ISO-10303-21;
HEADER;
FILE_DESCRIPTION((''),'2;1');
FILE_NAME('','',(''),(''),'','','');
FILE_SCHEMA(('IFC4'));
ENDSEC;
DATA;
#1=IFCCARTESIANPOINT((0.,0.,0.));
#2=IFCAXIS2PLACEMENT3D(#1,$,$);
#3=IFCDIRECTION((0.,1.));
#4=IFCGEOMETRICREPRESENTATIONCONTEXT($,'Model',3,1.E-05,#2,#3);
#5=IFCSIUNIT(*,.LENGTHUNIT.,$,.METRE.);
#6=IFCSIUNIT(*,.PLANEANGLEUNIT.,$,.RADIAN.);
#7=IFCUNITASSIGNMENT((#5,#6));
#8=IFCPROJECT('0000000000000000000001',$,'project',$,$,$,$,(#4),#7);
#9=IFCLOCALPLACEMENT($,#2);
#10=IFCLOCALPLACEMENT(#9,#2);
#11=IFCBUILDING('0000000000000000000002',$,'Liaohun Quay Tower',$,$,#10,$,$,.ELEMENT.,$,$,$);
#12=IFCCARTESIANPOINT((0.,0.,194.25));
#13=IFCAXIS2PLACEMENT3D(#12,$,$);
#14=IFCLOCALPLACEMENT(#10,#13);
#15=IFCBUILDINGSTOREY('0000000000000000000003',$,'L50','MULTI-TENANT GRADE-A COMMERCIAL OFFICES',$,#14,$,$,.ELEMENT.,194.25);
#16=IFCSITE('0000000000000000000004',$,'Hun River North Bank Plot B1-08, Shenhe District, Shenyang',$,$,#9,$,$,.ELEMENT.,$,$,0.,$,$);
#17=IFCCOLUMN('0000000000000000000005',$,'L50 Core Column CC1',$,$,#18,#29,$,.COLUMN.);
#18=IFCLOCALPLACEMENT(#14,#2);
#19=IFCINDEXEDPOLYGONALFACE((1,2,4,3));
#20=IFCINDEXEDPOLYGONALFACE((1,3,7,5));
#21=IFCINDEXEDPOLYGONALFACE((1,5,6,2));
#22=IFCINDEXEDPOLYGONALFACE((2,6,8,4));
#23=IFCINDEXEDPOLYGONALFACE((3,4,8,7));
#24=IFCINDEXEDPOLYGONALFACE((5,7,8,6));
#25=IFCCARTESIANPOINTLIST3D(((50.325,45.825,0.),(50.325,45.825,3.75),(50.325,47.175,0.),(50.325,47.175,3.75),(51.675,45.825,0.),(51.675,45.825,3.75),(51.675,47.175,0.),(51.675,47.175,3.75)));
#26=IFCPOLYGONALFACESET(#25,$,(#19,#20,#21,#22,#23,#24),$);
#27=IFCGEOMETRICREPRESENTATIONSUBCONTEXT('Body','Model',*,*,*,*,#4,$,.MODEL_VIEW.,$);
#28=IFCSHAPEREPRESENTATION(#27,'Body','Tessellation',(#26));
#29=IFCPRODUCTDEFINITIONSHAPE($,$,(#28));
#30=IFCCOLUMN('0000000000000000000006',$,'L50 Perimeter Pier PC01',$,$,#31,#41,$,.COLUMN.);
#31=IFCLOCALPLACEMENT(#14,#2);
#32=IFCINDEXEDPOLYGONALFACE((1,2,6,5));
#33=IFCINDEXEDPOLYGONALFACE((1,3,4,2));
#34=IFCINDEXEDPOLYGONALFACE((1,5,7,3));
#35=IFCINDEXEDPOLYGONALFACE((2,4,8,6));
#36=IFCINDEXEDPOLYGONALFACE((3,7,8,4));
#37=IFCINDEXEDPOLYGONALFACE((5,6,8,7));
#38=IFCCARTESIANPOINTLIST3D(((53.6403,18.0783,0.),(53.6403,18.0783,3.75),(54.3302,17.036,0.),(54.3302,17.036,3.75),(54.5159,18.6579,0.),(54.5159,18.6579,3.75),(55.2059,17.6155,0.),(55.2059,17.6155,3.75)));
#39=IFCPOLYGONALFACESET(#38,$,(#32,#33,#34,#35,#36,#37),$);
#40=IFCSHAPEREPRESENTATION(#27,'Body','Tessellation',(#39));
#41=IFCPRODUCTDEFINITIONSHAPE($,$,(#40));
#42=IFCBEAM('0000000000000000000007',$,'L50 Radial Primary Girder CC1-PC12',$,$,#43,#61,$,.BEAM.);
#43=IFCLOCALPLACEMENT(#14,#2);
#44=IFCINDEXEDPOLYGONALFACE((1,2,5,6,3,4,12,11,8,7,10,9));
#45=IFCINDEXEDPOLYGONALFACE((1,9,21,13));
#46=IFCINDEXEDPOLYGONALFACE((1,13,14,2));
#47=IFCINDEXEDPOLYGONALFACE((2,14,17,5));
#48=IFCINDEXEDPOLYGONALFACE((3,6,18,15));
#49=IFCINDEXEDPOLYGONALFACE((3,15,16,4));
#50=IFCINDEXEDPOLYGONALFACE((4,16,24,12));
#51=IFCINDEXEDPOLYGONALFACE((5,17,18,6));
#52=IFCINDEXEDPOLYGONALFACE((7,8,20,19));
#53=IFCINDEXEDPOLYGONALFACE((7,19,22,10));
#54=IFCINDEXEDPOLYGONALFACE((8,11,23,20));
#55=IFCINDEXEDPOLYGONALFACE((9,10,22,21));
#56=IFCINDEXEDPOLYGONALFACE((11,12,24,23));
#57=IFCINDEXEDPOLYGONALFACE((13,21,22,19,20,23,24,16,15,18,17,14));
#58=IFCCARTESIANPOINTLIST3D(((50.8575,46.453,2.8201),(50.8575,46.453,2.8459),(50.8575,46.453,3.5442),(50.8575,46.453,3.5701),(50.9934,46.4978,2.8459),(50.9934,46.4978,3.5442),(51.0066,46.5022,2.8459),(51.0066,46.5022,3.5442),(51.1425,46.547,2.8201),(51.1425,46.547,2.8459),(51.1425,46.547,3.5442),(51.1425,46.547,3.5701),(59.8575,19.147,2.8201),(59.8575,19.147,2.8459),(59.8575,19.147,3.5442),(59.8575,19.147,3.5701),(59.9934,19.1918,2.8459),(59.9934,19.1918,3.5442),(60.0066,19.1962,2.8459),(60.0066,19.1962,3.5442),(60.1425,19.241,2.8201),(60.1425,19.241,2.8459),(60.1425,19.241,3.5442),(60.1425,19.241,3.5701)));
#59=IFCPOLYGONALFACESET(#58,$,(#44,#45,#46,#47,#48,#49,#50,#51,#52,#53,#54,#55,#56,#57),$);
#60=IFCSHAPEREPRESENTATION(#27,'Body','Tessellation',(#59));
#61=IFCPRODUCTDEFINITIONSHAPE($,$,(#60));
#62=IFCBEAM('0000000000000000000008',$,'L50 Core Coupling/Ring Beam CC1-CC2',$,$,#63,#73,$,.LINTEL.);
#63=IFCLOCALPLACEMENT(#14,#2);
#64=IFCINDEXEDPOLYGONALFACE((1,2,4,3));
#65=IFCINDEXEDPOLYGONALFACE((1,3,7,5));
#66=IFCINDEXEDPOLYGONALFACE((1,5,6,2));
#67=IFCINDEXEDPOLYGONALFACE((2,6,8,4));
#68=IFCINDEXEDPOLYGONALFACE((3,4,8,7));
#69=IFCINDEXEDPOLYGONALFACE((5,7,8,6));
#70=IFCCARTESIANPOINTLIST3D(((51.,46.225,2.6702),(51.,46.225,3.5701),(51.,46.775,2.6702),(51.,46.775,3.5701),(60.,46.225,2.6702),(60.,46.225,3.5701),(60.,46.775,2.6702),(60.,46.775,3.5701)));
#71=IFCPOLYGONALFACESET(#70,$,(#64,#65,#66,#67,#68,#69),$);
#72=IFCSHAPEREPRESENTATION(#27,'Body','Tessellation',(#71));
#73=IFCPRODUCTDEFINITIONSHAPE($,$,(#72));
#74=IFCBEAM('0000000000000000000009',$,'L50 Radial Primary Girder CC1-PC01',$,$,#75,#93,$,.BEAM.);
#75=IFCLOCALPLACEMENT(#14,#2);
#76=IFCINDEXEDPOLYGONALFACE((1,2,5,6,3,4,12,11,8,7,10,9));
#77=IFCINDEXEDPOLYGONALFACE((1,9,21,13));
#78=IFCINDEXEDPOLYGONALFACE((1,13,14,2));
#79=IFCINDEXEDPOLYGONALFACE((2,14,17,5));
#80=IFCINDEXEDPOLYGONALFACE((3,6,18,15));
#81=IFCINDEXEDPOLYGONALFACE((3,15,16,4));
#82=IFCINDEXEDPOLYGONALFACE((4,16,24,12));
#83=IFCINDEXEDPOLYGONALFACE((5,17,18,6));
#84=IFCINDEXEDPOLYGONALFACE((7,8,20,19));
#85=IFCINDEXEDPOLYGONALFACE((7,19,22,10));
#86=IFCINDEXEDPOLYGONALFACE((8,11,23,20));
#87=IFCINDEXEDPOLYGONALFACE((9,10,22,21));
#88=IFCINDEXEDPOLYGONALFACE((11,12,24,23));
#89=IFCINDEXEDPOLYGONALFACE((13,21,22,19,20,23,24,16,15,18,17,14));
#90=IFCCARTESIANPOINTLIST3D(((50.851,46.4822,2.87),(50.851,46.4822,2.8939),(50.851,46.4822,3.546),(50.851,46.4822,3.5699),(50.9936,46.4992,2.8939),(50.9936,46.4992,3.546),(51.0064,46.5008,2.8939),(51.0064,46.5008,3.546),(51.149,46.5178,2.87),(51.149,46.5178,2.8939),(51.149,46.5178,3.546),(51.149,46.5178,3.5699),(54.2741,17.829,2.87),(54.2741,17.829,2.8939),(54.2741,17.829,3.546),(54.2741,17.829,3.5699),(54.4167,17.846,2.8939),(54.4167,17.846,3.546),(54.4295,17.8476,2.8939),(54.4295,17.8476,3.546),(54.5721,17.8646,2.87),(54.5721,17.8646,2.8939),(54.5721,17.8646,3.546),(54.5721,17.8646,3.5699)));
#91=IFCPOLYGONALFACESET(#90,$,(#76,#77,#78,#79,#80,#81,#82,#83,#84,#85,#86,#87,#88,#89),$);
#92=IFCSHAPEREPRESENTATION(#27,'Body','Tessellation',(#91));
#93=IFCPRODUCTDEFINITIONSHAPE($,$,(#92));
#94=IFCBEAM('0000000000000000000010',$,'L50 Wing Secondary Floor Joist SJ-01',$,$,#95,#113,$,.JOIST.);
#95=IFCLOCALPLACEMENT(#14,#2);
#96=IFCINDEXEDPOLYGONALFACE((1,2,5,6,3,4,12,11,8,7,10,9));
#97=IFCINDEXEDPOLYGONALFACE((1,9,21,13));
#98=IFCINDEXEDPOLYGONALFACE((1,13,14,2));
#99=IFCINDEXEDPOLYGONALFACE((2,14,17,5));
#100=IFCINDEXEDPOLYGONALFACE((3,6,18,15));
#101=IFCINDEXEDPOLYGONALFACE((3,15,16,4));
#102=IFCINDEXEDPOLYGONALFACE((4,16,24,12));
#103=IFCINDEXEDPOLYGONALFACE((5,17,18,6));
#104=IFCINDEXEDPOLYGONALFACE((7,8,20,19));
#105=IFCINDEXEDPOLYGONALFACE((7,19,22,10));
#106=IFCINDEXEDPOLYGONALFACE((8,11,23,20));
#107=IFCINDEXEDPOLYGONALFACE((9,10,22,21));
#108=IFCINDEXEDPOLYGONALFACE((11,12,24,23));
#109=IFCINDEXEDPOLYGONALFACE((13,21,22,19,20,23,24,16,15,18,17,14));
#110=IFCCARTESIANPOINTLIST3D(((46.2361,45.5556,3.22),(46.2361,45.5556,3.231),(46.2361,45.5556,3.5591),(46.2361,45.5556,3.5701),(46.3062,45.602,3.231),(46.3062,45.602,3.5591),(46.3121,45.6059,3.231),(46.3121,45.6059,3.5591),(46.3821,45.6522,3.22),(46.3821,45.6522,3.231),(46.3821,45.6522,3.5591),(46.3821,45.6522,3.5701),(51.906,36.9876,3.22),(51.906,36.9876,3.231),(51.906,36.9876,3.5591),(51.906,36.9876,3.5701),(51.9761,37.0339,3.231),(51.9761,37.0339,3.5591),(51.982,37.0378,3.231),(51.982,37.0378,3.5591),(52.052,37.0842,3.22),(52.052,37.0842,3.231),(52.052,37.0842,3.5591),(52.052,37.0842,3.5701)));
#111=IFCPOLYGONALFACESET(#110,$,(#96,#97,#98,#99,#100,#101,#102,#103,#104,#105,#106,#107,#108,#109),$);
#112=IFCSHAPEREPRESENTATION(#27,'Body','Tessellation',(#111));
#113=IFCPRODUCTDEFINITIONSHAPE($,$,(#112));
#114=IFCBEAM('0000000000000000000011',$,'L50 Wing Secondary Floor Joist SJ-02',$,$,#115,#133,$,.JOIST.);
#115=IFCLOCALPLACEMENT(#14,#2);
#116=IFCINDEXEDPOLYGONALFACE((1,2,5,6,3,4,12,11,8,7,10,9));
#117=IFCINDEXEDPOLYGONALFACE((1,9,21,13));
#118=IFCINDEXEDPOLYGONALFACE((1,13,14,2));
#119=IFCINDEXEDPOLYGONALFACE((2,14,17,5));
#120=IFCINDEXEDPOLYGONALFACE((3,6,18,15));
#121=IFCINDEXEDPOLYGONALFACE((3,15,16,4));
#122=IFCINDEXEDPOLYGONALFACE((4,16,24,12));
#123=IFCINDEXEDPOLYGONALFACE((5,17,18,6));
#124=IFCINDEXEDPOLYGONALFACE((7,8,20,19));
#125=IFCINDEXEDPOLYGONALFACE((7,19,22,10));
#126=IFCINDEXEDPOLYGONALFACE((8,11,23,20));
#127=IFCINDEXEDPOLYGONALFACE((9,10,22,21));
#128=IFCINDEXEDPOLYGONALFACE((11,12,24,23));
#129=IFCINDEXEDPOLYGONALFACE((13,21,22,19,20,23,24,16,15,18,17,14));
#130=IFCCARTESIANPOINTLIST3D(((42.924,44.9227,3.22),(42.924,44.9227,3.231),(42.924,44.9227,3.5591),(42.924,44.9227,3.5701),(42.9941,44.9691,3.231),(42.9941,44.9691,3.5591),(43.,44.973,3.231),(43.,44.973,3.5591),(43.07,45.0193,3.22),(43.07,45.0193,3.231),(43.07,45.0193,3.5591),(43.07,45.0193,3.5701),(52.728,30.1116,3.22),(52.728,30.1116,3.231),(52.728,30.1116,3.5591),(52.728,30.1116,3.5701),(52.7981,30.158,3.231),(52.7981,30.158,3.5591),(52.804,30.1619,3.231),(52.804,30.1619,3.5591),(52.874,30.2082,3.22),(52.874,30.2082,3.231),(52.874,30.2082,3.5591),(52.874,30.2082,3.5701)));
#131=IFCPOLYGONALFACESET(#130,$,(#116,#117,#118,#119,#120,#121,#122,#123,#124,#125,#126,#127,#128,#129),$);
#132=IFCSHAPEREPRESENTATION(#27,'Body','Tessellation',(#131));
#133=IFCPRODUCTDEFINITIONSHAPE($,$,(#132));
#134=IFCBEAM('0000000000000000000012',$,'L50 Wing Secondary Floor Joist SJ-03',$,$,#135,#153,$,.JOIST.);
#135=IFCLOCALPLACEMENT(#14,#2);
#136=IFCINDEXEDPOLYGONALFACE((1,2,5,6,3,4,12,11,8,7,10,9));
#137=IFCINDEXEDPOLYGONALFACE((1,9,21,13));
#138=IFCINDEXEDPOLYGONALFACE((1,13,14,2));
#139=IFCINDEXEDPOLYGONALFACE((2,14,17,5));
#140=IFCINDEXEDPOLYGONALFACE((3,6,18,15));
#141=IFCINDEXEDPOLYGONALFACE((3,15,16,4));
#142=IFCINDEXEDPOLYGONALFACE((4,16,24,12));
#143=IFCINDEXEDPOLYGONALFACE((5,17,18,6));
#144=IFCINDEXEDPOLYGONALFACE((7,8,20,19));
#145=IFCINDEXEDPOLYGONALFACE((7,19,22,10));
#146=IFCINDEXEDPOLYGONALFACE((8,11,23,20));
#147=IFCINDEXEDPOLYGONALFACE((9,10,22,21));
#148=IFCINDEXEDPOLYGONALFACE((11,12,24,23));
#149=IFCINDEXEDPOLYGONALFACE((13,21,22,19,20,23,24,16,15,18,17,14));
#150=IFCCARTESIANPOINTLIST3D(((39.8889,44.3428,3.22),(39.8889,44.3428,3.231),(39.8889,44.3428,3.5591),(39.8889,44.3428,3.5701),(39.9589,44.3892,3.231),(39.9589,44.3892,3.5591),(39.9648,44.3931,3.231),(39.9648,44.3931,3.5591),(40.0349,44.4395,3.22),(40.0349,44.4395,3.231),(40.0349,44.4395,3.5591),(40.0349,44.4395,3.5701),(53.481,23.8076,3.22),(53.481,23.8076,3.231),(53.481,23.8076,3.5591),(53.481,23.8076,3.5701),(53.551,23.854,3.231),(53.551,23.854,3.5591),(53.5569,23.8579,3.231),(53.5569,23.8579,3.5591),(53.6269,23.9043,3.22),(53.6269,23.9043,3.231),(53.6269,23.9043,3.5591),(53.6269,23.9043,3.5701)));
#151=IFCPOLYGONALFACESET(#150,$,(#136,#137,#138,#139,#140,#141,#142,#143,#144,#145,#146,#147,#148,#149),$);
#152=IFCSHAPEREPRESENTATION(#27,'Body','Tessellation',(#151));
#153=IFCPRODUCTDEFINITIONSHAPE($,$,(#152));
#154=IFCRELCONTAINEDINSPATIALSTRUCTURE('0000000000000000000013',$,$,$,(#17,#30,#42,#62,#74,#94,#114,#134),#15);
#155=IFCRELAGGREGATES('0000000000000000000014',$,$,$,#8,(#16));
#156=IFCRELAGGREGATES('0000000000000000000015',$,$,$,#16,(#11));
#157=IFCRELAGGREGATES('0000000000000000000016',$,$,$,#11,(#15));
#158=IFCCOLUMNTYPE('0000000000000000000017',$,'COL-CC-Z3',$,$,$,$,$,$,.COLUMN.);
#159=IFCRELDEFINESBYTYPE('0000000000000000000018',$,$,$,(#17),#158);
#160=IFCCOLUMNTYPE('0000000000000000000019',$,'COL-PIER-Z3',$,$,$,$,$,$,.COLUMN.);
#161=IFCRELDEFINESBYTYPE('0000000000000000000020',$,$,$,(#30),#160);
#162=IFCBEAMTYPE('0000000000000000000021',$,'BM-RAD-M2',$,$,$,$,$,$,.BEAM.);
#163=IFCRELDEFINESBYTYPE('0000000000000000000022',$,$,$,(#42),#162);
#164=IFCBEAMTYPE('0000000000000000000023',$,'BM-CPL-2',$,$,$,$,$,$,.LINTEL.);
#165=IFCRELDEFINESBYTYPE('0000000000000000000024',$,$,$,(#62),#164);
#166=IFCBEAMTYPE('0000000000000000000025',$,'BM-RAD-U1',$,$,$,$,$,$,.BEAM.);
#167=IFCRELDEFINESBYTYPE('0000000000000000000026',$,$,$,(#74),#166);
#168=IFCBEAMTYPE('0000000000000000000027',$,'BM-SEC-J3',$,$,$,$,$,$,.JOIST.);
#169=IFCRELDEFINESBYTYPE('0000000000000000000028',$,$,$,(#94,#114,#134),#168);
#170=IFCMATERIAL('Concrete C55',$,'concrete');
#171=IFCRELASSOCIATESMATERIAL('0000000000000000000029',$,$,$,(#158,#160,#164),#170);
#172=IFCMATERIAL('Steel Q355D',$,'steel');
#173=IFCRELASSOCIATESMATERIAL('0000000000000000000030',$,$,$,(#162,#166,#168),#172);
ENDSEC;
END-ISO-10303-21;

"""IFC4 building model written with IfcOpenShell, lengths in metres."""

from ifc_helpers import new_model, si_unit, direction, frame, origin, origin_2d, place, context, subcontext, project, spatial, rectangle, i_section, extrude, source, transform, mapped, material, material_profile, profile_set, type_object, element, save


model = new_model("IFC4")

# Units and contexts
model_context = context("Model", 3, precision=1e-05, world=origin(), true_north=direction((0.0, 1.0)))
body_context = subcontext(model_context, "Body", "Model", "MODEL_VIEW")
ifc_project = project(units=[si_unit("LENGTHUNIT", "METRE"), si_unit("PLANEANGLEUNIT", "RADIAN")], contexts=[model_context])

# Site, building, storey
site_placement = place(None, origin())
site = spatial("IfcSite", under=ifc_project, at=site_placement, Name="Hun River North Bank Plot B1-08, Shenhe District, Shenyang", CompositionType="ELEMENT", RefElevation=0.0)
building_placement = place(site_placement, origin())
building = spatial("IfcBuilding", under=site, at=building_placement, Name="Liaohun Quay Tower", CompositionType="ELEMENT")
storey_placement = place(building_placement, frame((0.0, 0.0, 194.25)))
storey = spatial("IfcBuildingStorey", under=building, at=storey_placement, Name="L50", Description="MULTI-TENANT GRADE-A COMMERCIAL OFFICES", CompositionType="ELEMENT", Elevation=194.25)

# Columns
ifc_material_1 = material(Name="Concrete C55", Category="concrete")
ifc_material_profile_1 = material_profile(ifc_material_1, rectangle(XDim=1.3501, YDim=1.3501, at=origin_2d()), Name="RC1350x1350")
ifc_profile_set_1 = profile_set([ifc_material_profile_1], Name="Concrete C55")
column_type_1 = type_object("IfcColumnType", Name="COL-CC-Z3", PredefinedType="COLUMN", material=ifc_profile_set_1)
shared_shape_1 = source(origin(), body_context, "Body", "SweptSolid", [
    extrude(rectangle(XDim=1.3501, YDim=1.3501, at=origin_2d()), origin(), (0.0, 0.0, 1.0), 3.75),
])
column_1_placement = place(storey_placement, frame((51.0, 46.5, 0.0), z_axis=(0.0, 0.0, 1.0), x_axis=(1.0, 0.0, 0.0)))
element("IfcColumn", 1, at=column_1_placement, inside=storey, type_object=column_type_1, Name="L50 Core Column CC1", PredefinedType="COLUMN", context=body_context, shape_type="MappedRepresentation", body=[
    mapped(shared_shape_1, transform((0.0, 0.0, 0.0), x_axis=(1.0, 0.0, 0.0), y_axis=(0.0, 1.0, 0.0), z_axis=(0.0, 0.0, 1.0), scale=1.0)),
])
ifc_material_profile_2 = material_profile(ifc_material_1, rectangle(XDim=1.25, YDim=1.05, at=origin_2d()), Name="RC1250x1050")
ifc_profile_set_2 = profile_set([ifc_material_profile_2], Name="Concrete C55")
column_type_2 = type_object("IfcColumnType", Name="COL-PIER-Z3", PredefinedType="COLUMN", material=ifc_profile_set_2)
shared_shape_2 = source(origin(), body_context, "Body", "SweptSolid", [
    extrude(rectangle(XDim=1.25, YDim=1.05, at=origin_2d()), origin(), (0.0, 0.0, 1.0), 3.75),
])
column_2_placement = place(storey_placement, frame((54.4231, 17.8469, 0.0), z_axis=(0.0, 0.0, 1.0), x_axis=(-0.551937, 0.833886, 0.0)))
element("IfcColumn", 2, at=column_2_placement, inside=storey, type_object=column_type_2, Name="L50 Perimeter Pier PC01", PredefinedType="COLUMN", context=body_context, shape_type="MappedRepresentation", body=[
    mapped(shared_shape_2, transform((0.0, 0.0, 0.0), x_axis=(1.0, 0.0, 0.0), y_axis=(0.0, 1.0, 0.0), z_axis=(0.0, 0.0, 1.0), scale=1.0)),
])

# Beams
ifc_material_2 = material(Name="Steel Q355D", Category="steel")
ifc_material_profile_3 = material_profile(ifc_material_2, i_section(OverallWidth=0.3, OverallDepth=0.75, WebThickness=0.0139, FlangeThickness=0.0259, at=origin_2d()), Name="HN750x300x14x26")
ifc_profile_set_3 = profile_set([ifc_material_profile_3], Name="Steel Q355D")
beam_type_1 = type_object("IfcBeamType", Name="BM-RAD-M2", PredefinedType="BEAM", material=ifc_profile_set_3)
shared_shape_3 = source(origin(), body_context, "Body", "SweptSolid", [
    extrude(i_section(OverallWidth=0.3, OverallDepth=0.75, WebThickness=0.0139, FlangeThickness=0.0259, at=origin_2d()), origin(), (0.0, 0.0, 1.0), 28.751),
])
beam_1_placement = place(storey_placement, frame((51.0, 46.5, 3.1951), z_axis=(0.313034, -0.949742, 0.0), x_axis=(0.949742, 0.313034, 0.0)))
element("IfcBeam", 3, at=beam_1_placement, inside=storey, type_object=beam_type_1, Name="L50 Radial Primary Girder CC1-PC12", PredefinedType="BEAM", context=body_context, shape_type="MappedRepresentation", body=[
    mapped(shared_shape_3, transform((0.0, 0.0, 0.0), x_axis=(1.0, 0.0, 0.0), y_axis=(0.0, 1.0, 0.0), z_axis=(0.0, 0.0, 1.0), scale=1.0)),
])
ifc_material_profile_4 = material_profile(ifc_material_1, rectangle(XDim=0.55, YDim=0.8999, at=origin_2d()), Name="RC550x900")
ifc_profile_set_4 = profile_set([ifc_material_profile_4], Name="Concrete C55")
beam_type_2 = type_object("IfcBeamType", Name="BM-CPL-2", PredefinedType="LINTEL", material=ifc_profile_set_4)
shared_shape_4 = source(origin(), body_context, "Body", "SweptSolid", [
    extrude(rectangle(XDim=0.55, YDim=0.8999, at=origin_2d()), origin(), (0.0, 0.0, 1.0), 9.0),
])
beam_2_placement = place(storey_placement, frame((51.0, 46.5, 3.1201), z_axis=(1.0, 0.0, 0.0), x_axis=(0.0, 1.0, 0.0)))
element("IfcBeam", 4, at=beam_2_placement, inside=storey, type_object=beam_type_2, Name="L50 Core Coupling/Ring Beam CC1-CC2", PredefinedType="LINTEL", context=body_context, shape_type="MappedRepresentation", body=[
    mapped(shared_shape_4, transform((0.0, 0.0, 0.0), x_axis=(1.0, 0.0, 0.0), y_axis=(0.0, 1.0, 0.0), z_axis=(0.0, 0.0, 1.0), scale=1.0)),
])
ifc_material_profile_5 = material_profile(ifc_material_2, i_section(OverallWidth=0.3, OverallDepth=0.7, WebThickness=0.0129, FlangeThickness=0.0239, at=origin_2d()), Name="HN700x300x13x24")
ifc_profile_set_5 = profile_set([ifc_material_profile_5], Name="Steel Q355D")
beam_type_3 = type_object("IfcBeamType", Name="BM-RAD-U1", PredefinedType="BEAM", material=ifc_profile_set_5)
shared_shape_5 = source(origin(), body_context, "Body", "SweptSolid", [
    extrude(i_section(OverallWidth=0.3, OverallDepth=0.7, WebThickness=0.0129, FlangeThickness=0.0239, at=origin_2d()), origin(), (0.0, 0.0, 1.0), 28.8569),
])
beam_3_placement = place(storey_placement, frame((51.0, 46.5, 3.22), z_axis=(0.118623, -0.992939, 0.0), x_axis=(0.992939, 0.118623, 0.0)))
element("IfcBeam", 5, at=beam_3_placement, inside=storey, type_object=beam_type_3, Name="L50 Radial Primary Girder CC1-PC01", PredefinedType="BEAM", context=body_context, shape_type="MappedRepresentation", body=[
    mapped(shared_shape_5, transform((0.0, 0.0, 0.0), x_axis=(1.0, 0.0, 0.0), y_axis=(0.0, 1.0, 0.0), z_axis=(0.0, 0.0, 1.0), scale=1.0)),
])
ifc_material_profile_6 = material_profile(ifc_material_2, i_section(OverallWidth=0.175, OverallDepth=0.3501, WebThickness=0.0071, FlangeThickness=0.011, at=origin_2d()), Name="HN350x175x7x11")
ifc_profile_set_6 = profile_set([ifc_material_profile_6], Name="Steel Q355D")
beam_type_4 = type_object("IfcBeamType", Name="BM-SEC-J3", PredefinedType="JOIST", material=ifc_profile_set_6)
shared_shape_6 = source(origin(), body_context, "Body", "SweptSolid", [
    extrude(i_section(OverallWidth=0.175, OverallDepth=0.3501, WebThickness=0.0071, FlangeThickness=0.011, at=origin_2d()), origin(), (0.0, 0.0, 1.0), 10.2742),
])
beam_4_placement = place(storey_placement, frame((51.979, 37.0359, 3.395), z_axis=(-0.551856, 0.833939, 0.0), x_axis=(-0.833939, -0.551856, 0.0)))
element("IfcBeam", 6, at=beam_4_placement, inside=storey, type_object=beam_type_4, Name="L50 Wing Secondary Floor Joist SJ-01", PredefinedType="JOIST", context=body_context, shape_type="MappedRepresentation", body=[
    mapped(shared_shape_6, transform((0.0, 0.0, 0.0), x_axis=(1.0, 0.0, 0.0), y_axis=(0.0, 1.0, 0.0), z_axis=(0.0, 0.0, 1.0), scale=1.0)),
])
shared_shape_7 = source(origin(), body_context, "Body", "SweptSolid", [
    extrude(i_section(OverallWidth=0.175, OverallDepth=0.3501, WebThickness=0.0071, FlangeThickness=0.011, at=origin_2d()), origin(), (0.0, 0.0, 1.0), 17.762),
])
beam_5_placement = place(storey_placement, frame((52.801, 30.1599, 3.395), z_axis=(-0.551966, 0.833867, 0.0), x_axis=(-0.833867, -0.551966, 0.0)))
element("IfcBeam", 7, at=beam_5_placement, inside=storey, type_object=beam_type_4, Name="L50 Wing Secondary Floor Joist SJ-02", PredefinedType="JOIST", context=body_context, shape_type="MappedRepresentation", body=[
    mapped(shared_shape_7, transform((0.0, 0.0, 0.0), x_axis=(1.0, 0.0, 0.0), y_axis=(0.0, 1.0, 0.0), z_axis=(0.0, 0.0, 1.0), scale=1.0)),
])
shared_shape_8 = source(origin(), body_context, "Body", "SweptSolid", [
    extrude(i_section(OverallWidth=0.175, OverallDepth=0.3501, WebThickness=0.0071, FlangeThickness=0.011, at=origin_2d()), origin(), (0.0, 0.0, 1.0), 24.626),
])
beam_6_placement = place(storey_placement, frame((53.554, 23.856, 3.395), z_axis=(-0.55194, 0.833884, 0.0), x_axis=(-0.833884, -0.55194, 0.0)))
element("IfcBeam", 8, at=beam_6_placement, inside=storey, type_object=beam_type_4, Name="L50 Wing Secondary Floor Joist SJ-03", PredefinedType="JOIST", context=body_context, shape_type="MappedRepresentation", body=[
    mapped(shared_shape_8, transform((0.0, 0.0, 0.0), x_axis=(1.0, 0.0, 0.0), y_axis=(0.0, 1.0, 0.0), z_axis=(0.0, 0.0, 1.0), scale=1.0)),
])

save(model, "model.ifc")
